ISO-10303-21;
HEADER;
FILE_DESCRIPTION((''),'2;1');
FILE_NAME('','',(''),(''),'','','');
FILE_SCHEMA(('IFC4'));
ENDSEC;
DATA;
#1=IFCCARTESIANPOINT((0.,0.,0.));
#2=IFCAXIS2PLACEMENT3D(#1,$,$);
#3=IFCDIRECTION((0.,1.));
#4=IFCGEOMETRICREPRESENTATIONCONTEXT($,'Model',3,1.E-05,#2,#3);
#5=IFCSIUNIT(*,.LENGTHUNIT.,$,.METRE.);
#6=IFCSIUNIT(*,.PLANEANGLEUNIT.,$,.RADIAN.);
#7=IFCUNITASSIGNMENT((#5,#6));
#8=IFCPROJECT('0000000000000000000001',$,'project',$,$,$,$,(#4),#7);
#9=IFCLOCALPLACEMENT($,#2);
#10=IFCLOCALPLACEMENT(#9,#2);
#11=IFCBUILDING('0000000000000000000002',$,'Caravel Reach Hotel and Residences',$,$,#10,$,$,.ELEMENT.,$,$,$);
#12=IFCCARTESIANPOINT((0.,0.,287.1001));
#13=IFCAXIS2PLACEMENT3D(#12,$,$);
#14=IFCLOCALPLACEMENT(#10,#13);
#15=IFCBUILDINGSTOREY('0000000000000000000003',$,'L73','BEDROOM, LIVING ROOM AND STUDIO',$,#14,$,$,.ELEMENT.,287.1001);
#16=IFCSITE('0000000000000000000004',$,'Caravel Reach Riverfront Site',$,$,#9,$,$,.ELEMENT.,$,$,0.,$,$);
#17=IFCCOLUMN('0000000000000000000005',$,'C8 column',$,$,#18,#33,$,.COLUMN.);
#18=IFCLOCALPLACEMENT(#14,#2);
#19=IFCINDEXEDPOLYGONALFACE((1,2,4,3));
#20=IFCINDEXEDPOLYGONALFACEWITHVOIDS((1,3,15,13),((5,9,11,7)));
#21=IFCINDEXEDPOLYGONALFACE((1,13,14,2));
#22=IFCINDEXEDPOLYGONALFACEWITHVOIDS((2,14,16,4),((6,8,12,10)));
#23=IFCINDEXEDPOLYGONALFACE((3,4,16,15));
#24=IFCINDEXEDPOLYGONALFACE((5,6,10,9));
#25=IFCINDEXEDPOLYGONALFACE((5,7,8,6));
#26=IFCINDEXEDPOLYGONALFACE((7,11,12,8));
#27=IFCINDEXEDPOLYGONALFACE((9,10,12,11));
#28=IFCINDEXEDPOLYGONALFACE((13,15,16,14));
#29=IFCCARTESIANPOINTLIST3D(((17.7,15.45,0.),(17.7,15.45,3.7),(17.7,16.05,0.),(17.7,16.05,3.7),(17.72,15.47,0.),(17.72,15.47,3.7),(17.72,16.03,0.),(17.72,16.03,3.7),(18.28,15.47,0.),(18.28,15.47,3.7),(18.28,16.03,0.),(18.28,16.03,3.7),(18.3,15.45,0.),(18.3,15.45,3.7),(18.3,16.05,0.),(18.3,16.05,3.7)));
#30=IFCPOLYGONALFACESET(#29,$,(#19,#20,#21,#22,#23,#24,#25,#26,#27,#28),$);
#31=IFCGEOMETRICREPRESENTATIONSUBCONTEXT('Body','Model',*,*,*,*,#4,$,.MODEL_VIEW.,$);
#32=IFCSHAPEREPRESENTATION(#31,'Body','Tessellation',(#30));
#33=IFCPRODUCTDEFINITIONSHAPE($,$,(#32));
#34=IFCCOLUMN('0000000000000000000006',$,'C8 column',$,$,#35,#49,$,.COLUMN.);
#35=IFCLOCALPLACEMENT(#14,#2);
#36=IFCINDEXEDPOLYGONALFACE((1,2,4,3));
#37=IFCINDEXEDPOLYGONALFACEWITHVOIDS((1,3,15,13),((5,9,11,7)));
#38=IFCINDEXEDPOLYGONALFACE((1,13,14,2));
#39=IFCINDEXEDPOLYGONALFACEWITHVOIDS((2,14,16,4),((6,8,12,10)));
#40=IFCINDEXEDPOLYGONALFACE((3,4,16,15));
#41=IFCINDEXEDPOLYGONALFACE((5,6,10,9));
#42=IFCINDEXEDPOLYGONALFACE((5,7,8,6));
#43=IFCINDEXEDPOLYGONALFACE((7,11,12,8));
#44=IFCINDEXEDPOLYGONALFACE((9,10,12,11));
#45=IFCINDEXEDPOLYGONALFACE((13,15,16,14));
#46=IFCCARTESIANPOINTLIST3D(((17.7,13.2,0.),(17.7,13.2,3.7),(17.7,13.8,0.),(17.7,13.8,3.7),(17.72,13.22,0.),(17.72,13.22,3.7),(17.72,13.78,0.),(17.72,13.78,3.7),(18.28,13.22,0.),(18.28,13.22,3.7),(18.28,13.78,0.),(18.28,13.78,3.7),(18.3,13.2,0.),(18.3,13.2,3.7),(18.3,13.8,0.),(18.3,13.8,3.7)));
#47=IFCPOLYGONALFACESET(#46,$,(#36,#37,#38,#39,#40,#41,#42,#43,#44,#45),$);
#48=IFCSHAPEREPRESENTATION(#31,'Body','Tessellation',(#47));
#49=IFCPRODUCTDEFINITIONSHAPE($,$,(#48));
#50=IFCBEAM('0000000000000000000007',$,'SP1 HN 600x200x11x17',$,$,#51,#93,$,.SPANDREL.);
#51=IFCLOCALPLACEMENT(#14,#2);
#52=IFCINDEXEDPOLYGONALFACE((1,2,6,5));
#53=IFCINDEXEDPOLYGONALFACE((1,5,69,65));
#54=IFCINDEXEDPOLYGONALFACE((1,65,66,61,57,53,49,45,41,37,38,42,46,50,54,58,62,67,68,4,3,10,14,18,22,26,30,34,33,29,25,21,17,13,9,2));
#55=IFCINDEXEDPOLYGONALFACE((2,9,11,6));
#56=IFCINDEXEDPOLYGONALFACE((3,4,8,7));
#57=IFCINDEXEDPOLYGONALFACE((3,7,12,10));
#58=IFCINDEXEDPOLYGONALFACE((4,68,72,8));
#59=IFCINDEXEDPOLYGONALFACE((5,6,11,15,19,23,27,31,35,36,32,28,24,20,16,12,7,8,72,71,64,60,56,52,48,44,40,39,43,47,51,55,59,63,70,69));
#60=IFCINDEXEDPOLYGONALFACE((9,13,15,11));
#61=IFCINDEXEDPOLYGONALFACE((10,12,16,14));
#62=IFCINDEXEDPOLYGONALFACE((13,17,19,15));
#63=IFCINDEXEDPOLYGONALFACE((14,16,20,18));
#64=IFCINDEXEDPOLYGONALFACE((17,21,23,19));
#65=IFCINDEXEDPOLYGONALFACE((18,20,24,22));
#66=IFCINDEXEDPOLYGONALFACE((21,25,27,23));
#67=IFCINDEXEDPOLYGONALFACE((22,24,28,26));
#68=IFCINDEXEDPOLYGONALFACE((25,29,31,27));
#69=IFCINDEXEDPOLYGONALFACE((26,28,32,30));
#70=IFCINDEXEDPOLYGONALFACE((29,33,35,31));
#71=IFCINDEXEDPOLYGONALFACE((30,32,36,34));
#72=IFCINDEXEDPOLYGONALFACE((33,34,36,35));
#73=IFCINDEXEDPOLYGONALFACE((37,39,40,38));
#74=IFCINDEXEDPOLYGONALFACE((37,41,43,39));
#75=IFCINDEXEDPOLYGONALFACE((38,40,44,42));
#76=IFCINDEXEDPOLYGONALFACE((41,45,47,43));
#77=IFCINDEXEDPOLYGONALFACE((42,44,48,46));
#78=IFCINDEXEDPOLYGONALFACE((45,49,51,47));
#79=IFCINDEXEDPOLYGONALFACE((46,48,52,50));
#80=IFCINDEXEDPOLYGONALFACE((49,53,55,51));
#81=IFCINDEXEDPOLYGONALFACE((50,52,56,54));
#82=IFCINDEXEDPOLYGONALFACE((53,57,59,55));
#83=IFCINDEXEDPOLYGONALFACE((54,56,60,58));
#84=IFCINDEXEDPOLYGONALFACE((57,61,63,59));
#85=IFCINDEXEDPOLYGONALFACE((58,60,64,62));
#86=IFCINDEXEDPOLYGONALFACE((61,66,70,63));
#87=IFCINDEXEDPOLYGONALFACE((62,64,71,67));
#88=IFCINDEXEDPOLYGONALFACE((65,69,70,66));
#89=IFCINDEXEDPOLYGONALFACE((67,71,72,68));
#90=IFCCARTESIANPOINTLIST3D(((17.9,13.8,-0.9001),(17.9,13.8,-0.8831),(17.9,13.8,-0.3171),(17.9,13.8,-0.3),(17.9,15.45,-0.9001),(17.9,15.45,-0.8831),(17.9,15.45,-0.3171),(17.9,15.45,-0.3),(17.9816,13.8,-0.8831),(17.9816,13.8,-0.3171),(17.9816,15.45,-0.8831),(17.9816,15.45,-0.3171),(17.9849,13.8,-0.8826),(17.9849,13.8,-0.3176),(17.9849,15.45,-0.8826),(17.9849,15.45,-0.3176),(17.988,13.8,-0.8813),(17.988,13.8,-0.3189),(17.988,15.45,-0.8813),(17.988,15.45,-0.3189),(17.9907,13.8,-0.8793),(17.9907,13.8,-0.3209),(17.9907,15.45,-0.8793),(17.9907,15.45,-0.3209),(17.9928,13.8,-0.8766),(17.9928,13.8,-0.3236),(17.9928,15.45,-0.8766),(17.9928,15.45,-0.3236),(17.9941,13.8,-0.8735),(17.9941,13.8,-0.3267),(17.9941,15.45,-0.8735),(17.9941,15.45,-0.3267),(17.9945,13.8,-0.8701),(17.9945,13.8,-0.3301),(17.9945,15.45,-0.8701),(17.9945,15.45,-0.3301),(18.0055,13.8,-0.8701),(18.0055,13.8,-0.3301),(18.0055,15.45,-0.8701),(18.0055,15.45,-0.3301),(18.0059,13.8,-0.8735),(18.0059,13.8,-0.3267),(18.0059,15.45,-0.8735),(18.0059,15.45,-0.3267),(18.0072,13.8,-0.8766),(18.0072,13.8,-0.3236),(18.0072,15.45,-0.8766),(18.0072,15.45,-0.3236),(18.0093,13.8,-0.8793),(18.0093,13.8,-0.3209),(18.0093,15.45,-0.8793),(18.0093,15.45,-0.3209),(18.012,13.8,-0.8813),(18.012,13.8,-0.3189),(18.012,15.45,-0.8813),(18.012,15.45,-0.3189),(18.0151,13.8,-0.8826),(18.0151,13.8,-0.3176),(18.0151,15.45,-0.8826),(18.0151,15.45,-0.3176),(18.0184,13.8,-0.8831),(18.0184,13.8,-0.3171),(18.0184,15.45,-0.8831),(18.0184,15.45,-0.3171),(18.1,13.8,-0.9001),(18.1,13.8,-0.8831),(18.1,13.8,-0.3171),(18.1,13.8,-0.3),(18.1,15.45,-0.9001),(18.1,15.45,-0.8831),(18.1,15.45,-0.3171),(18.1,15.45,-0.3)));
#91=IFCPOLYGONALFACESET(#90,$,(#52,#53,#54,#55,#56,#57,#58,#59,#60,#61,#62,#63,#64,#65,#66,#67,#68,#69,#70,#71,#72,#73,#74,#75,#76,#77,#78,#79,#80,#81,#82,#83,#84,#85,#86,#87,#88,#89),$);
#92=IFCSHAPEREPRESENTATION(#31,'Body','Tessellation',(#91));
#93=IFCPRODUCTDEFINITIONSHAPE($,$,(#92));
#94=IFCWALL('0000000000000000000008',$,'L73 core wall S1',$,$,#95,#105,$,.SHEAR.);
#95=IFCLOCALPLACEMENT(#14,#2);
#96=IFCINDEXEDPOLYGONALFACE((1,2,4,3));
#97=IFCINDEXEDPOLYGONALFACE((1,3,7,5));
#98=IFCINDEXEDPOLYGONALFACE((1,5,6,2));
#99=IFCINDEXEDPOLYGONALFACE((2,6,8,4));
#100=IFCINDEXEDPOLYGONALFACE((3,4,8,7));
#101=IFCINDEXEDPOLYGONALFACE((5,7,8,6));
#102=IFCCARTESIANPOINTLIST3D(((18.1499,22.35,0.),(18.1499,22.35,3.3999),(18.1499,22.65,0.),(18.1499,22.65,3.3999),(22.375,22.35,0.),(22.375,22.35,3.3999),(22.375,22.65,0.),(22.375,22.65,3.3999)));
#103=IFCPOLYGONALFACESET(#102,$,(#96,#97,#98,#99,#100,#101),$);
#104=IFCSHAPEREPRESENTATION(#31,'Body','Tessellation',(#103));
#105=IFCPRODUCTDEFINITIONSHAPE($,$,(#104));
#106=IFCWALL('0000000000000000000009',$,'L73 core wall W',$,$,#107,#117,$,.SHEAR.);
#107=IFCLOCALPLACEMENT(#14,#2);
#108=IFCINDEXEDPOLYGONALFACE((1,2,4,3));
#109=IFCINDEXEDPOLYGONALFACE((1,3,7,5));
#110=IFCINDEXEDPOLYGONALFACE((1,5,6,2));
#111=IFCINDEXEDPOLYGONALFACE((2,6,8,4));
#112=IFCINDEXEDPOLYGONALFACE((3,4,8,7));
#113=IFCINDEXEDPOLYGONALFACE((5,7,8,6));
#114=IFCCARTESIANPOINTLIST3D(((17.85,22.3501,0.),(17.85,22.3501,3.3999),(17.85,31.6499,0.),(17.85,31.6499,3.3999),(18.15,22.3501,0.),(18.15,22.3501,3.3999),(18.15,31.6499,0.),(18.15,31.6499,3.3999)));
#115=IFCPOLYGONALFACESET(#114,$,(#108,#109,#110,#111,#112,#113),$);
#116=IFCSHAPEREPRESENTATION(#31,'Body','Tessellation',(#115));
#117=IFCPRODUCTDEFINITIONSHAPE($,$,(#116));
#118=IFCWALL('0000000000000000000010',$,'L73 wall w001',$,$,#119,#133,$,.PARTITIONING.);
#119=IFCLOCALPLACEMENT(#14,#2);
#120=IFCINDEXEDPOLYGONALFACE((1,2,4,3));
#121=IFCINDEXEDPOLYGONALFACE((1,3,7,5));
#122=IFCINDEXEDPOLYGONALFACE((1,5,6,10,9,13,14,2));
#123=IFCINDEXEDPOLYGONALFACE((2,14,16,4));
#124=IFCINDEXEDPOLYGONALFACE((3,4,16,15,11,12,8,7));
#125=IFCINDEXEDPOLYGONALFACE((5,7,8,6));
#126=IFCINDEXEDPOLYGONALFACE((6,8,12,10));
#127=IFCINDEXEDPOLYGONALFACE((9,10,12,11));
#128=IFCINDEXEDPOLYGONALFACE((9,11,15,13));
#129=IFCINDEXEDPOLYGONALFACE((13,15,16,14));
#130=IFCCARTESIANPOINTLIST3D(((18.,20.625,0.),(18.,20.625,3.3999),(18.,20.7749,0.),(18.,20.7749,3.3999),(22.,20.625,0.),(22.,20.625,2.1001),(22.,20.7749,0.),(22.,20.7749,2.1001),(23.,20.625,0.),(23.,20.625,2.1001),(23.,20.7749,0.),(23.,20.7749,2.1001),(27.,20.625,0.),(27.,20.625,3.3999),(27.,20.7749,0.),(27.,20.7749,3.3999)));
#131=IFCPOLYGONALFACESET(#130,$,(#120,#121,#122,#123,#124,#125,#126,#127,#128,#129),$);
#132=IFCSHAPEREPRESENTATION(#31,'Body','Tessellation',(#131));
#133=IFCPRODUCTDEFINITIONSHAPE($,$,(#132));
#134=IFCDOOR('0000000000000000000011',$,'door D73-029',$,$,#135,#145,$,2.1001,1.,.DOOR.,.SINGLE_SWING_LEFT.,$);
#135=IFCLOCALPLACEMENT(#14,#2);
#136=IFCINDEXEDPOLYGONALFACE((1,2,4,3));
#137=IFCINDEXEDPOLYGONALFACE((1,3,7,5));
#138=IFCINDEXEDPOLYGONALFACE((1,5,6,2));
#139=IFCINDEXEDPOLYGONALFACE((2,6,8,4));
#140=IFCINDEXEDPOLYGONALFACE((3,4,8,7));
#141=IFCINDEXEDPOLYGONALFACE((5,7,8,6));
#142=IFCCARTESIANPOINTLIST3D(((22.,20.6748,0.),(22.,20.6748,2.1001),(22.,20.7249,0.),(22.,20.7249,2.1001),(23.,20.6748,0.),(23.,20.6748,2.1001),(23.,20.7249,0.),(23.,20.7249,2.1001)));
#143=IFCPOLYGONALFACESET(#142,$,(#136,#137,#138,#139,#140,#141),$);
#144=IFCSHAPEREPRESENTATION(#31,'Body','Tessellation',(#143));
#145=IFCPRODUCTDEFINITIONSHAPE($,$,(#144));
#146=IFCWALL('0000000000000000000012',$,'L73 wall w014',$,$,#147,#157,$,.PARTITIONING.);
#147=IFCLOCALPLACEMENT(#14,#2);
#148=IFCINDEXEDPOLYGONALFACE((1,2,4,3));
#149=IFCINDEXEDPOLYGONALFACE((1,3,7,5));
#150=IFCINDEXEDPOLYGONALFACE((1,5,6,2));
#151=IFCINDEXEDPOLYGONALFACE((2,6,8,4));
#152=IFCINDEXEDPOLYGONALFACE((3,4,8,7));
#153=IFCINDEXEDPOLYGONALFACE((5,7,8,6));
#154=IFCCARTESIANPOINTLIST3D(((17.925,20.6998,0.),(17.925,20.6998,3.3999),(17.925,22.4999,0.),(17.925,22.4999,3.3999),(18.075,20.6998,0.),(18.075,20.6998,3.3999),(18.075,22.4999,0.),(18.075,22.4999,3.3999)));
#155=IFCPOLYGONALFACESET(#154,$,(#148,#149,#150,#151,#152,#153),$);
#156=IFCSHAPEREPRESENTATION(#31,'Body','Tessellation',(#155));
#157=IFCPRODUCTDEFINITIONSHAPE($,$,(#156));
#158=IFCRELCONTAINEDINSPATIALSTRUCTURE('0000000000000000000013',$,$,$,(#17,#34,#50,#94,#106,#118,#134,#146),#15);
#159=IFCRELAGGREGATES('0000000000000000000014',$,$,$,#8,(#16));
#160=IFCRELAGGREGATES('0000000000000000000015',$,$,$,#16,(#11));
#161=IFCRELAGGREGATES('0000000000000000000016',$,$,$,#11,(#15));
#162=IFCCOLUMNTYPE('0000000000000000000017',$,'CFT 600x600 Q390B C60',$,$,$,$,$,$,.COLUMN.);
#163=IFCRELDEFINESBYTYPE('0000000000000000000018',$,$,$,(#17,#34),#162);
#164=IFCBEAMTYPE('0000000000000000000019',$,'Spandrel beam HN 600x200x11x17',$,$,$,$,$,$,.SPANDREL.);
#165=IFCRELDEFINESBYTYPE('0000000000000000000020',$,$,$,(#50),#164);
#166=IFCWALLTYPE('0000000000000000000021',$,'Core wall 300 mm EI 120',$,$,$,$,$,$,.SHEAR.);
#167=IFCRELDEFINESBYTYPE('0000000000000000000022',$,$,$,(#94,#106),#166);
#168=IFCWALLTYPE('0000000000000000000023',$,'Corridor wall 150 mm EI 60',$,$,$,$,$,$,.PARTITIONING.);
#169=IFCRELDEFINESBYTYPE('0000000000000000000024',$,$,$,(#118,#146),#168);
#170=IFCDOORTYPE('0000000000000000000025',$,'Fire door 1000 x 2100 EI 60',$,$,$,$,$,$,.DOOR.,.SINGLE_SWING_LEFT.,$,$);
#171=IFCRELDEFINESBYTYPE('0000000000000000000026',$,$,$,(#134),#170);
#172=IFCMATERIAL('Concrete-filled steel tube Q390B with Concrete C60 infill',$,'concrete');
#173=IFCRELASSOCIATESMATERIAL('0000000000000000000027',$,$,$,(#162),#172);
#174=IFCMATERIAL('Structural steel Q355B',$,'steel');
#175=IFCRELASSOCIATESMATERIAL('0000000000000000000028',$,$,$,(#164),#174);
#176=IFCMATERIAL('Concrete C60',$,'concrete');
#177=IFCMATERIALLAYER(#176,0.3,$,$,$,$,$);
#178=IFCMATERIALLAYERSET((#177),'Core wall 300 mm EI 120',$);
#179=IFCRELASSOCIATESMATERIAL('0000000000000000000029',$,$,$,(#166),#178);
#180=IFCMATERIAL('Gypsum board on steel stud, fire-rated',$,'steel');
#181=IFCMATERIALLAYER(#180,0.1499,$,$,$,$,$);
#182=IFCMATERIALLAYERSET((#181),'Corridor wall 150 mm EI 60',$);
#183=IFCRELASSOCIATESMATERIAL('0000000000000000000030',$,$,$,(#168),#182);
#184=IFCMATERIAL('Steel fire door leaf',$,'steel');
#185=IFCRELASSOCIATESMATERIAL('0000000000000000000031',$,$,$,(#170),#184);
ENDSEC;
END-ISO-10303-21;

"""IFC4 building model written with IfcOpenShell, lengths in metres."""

from ifc_helpers import new_model, si_unit, direction, frame, frame_2d, origin, origin_2d, place, context, subcontext, project, spatial, rectangle, hollow_rectangle, i_section, extrude, material, layer, layer_set, material_profile, profile_set, type_object, element, fill, save


model = new_model("IFC4")

# Units and contexts
model_context = context("Model", 3, precision=1e-05, world=origin(), true_north=direction((0.0, 1.0)))
body_context = subcontext(model_context, "Body", "Model", "MODEL_VIEW")
ifc_project = project(units=[si_unit("LENGTHUNIT", "METRE"), si_unit("PLANEANGLEUNIT", "RADIAN")], contexts=[model_context])

# Site, building, storey
site_placement = place(None, origin())
site = spatial("IfcSite", under=ifc_project, at=site_placement, Name="Caravel Reach Riverfront Site", CompositionType="ELEMENT", RefElevation=0.0)
building_placement = place(site_placement, origin())
building = spatial("IfcBuilding", under=site, at=building_placement, Name="Caravel Reach Hotel and Residences", CompositionType="ELEMENT")
storey_placement = place(building_placement, frame((0.0, 0.0, 287.1001)))
storey = spatial("IfcBuildingStorey", under=building, at=storey_placement, Name="L73", Description="BEDROOM, LIVING ROOM AND STUDIO", CompositionType="ELEMENT", Elevation=287.1001)

# Columns
ifc_material_1 = material(Name="Concrete-filled steel tube Q390B with Concrete C60 infill", Category="concrete")
ifc_material_profile_1 = material_profile(ifc_material_1, hollow_rectangle(XDim=0.6001, YDim=0.6001, WallThickness=0.02, at=origin_2d()), Name="RHS 600x600x20")
ifc_profile_set_1 = profile_set([ifc_material_profile_1], Name="Concrete-filled steel tube Q390B with Concrete C60 infill")
column_type = type_object("IfcColumnType", Name="CFT 600x600 Q390B C60", PredefinedType="COLUMN", material=ifc_profile_set_1)
for number, where, z_axis, x_axis, name in (
    (1, (18.0, 15.75, 0.0), (0.0, 0.0, 1.0), (1.0, 0.0, 0.0), "C8 column"),
    (2, (18.0, 13.5, 0.0), (0.0, 0.0, 1.0), (1.0, 0.0, 0.0), "C8 column"),
):
    element("IfcColumn", number, at=place(storey_placement, frame(where, z_axis=z_axis, x_axis=x_axis)), inside=storey, type_object=column_type, Name=name, PredefinedType="COLUMN", context=body_context, shape_type="SweptSolid", body=[
        extrude(hollow_rectangle(XDim=0.6001, YDim=0.6001, WallThickness=0.02, at=origin_2d()), origin(), (0.0, 0.0, 1.0), 3.7),
    ])

# Beam
ifc_material_2 = material(Name="Structural steel Q355B", Category="steel")
ifc_material_profile_2 = material_profile(ifc_material_2, i_section(OverallWidth=0.2, OverallDepth=0.6001, WebThickness=0.011, FlangeThickness=0.0171, FilletRadius=0.0129, at=origin_2d()), Name="HN 600x200x11x17")
ifc_profile_set_2 = profile_set([ifc_material_profile_2], Name="Structural steel Q355B")
beam_type = type_object("IfcBeamType", Name="Spandrel beam HN 600x200x11x17", PredefinedType="SPANDREL", material=ifc_profile_set_2)
beam_placement = place(storey_placement, frame((18.0, 15.45, -0.6001), z_axis=(0.0, -1.0, 0.0), x_axis=(1.0, 0.0, 0.0)))
element("IfcBeam", 3, at=beam_placement, inside=storey, type_object=beam_type, Name="SP1 HN 600x200x11x17", PredefinedType="SPANDREL", context=body_context, shape_type="SweptSolid", body=[
    extrude(i_section(OverallWidth=0.2, OverallDepth=0.6001, WebThickness=0.011, FlangeThickness=0.0171, FilletRadius=0.0129, at=origin_2d()), origin(), (0.0, 0.0, 1.0), 1.6499),
])

# Walls
ifc_material_3 = material(Name="Concrete C60", Category="concrete")
ifc_layer_1 = layer(ifc_material_3, 0.3)
ifc_layer_set_1 = layer_set([ifc_layer_1], Name="Core wall 300 mm EI 120")
wall_type_1 = type_object("IfcWallType", Name="Core wall 300 mm EI 120", PredefinedType="SHEAR", material=ifc_layer_set_1)
wall_1_placement = place(storey_placement, frame((18.1499, 22.5, 0.0), z_axis=(0.0, 0.0, 1.0), x_axis=(1.0, 0.0, 0.0)))
element("IfcWall", 4, at=wall_1_placement, inside=storey, type_object=wall_type_1, Name="L73 core wall S1", PredefinedType="SHEAR", context=body_context, shape_type="SweptSolid", body=[
    extrude(rectangle(XDim=4.2251, YDim=0.3, at=frame_2d((2.1125, 0.0))), origin(), (0.0, 0.0, 1.0), 3.3999),
])
wall_2_placement = place(storey_placement, frame((18.0, 22.3501, 0.0), z_axis=(0.0, 0.0, 1.0), x_axis=(0.0, 1.0, 0.0)))
element("IfcWall", 5, at=wall_2_placement, inside=storey, type_object=wall_type_1, Name="L73 core wall W", PredefinedType="SHEAR", context=body_context, shape_type="SweptSolid", body=[
    extrude(rectangle(XDim=9.2998, YDim=0.3, at=frame_2d((4.6499, 0.0))), origin(), (0.0, 0.0, 1.0), 3.3999),
])

# Wall, opening, door
ifc_material_4 = material(Name="Gypsum board on steel stud, fire-rated", Category="steel")
ifc_layer_2 = layer(ifc_material_4, 0.1499)
ifc_layer_set_2 = layer_set([ifc_layer_2], Name="Corridor wall 150 mm EI 60")
wall_type_2 = type_object("IfcWallType", Name="Corridor wall 150 mm EI 60", PredefinedType="PARTITIONING", material=ifc_layer_set_2)
wall_3_placement = place(storey_placement, frame((18.0, 20.7, 0.0), z_axis=(0.0, 0.0, 1.0), x_axis=(1.0, 0.0, 0.0)))
wall_3 = element("IfcWall", 6, at=wall_3_placement, inside=storey, type_object=wall_type_2, Name="L73 wall w001", PredefinedType="PARTITIONING", context=body_context, shape_type="SweptSolid", body=[
    extrude(rectangle(XDim=9.0, YDim=0.1499, at=frame_2d((4.5, 0.0))), origin(), (0.0, 0.0, 1.0), 3.3999),
])
opening_1_placement = place(wall_3_placement, frame((4.0, 0.0, 0.0)))
opening_1 = element("IfcOpeningElement", 7, at=opening_1_placement, cuts=wall_3, PredefinedType="OPENING", context=body_context, shape_type="SweptSolid", body=[
    extrude(rectangle(XDim=1.0, YDim=2.1001, at=frame_2d((0.5, 1.05))), frame((0.0, 0.085, 0.0), z_axis=(0.0, -1.0, 0.0), x_axis=(1.0, 0.0, 0.0)), (0.0, 0.0, 1.0), 0.1699),
])
ifc_material_5 = material(Name="Steel fire door leaf", Category="steel")
door_type_1 = type_object("IfcDoorType", Name="Fire door 1000 x 2100 EI 60", OperationType="SINGLE_SWING_LEFT", PredefinedType="DOOR", material=ifc_material_5)
door_1_placement = place(opening_1_placement, origin())
door_1 = element("IfcDoor", 8, at=door_1_placement, inside=storey, type_object=door_type_1, Name="door D73-029", OperationType="SINGLE_SWING_LEFT", OverallHeight=2.1001, OverallWidth=1.0, PredefinedType="DOOR", context=body_context, shape_type="SweptSolid", body=[
    extrude(rectangle(XDim=1.0, YDim=2.1001, at=frame_2d((0.5, 1.05))), frame((0.0, 0.0249, 0.0), z_axis=(0.0, -1.0, 0.0), x_axis=(1.0, 0.0, 0.0)), (0.0, 0.0, 1.0), 0.05),
])
fill(opening_1, door_1)

# Wall
wall_4_placement = place(storey_placement, frame((18.0, 20.7, 0.0), z_axis=(0.0, 0.0, 1.0), x_axis=(0.0, 1.0, 0.0)))
element("IfcWall", 9, at=wall_4_placement, inside=storey, type_object=wall_type_2, Name="L73 wall w014", PredefinedType="PARTITIONING", context=body_context, shape_type="SweptSolid", body=[
    extrude(rectangle(XDim=1.8, YDim=0.1499, at=frame_2d((0.8999, 0.0))), origin(), (0.0, 0.0, 1.0), 3.3999),
])

save(model, "model.ifc")
